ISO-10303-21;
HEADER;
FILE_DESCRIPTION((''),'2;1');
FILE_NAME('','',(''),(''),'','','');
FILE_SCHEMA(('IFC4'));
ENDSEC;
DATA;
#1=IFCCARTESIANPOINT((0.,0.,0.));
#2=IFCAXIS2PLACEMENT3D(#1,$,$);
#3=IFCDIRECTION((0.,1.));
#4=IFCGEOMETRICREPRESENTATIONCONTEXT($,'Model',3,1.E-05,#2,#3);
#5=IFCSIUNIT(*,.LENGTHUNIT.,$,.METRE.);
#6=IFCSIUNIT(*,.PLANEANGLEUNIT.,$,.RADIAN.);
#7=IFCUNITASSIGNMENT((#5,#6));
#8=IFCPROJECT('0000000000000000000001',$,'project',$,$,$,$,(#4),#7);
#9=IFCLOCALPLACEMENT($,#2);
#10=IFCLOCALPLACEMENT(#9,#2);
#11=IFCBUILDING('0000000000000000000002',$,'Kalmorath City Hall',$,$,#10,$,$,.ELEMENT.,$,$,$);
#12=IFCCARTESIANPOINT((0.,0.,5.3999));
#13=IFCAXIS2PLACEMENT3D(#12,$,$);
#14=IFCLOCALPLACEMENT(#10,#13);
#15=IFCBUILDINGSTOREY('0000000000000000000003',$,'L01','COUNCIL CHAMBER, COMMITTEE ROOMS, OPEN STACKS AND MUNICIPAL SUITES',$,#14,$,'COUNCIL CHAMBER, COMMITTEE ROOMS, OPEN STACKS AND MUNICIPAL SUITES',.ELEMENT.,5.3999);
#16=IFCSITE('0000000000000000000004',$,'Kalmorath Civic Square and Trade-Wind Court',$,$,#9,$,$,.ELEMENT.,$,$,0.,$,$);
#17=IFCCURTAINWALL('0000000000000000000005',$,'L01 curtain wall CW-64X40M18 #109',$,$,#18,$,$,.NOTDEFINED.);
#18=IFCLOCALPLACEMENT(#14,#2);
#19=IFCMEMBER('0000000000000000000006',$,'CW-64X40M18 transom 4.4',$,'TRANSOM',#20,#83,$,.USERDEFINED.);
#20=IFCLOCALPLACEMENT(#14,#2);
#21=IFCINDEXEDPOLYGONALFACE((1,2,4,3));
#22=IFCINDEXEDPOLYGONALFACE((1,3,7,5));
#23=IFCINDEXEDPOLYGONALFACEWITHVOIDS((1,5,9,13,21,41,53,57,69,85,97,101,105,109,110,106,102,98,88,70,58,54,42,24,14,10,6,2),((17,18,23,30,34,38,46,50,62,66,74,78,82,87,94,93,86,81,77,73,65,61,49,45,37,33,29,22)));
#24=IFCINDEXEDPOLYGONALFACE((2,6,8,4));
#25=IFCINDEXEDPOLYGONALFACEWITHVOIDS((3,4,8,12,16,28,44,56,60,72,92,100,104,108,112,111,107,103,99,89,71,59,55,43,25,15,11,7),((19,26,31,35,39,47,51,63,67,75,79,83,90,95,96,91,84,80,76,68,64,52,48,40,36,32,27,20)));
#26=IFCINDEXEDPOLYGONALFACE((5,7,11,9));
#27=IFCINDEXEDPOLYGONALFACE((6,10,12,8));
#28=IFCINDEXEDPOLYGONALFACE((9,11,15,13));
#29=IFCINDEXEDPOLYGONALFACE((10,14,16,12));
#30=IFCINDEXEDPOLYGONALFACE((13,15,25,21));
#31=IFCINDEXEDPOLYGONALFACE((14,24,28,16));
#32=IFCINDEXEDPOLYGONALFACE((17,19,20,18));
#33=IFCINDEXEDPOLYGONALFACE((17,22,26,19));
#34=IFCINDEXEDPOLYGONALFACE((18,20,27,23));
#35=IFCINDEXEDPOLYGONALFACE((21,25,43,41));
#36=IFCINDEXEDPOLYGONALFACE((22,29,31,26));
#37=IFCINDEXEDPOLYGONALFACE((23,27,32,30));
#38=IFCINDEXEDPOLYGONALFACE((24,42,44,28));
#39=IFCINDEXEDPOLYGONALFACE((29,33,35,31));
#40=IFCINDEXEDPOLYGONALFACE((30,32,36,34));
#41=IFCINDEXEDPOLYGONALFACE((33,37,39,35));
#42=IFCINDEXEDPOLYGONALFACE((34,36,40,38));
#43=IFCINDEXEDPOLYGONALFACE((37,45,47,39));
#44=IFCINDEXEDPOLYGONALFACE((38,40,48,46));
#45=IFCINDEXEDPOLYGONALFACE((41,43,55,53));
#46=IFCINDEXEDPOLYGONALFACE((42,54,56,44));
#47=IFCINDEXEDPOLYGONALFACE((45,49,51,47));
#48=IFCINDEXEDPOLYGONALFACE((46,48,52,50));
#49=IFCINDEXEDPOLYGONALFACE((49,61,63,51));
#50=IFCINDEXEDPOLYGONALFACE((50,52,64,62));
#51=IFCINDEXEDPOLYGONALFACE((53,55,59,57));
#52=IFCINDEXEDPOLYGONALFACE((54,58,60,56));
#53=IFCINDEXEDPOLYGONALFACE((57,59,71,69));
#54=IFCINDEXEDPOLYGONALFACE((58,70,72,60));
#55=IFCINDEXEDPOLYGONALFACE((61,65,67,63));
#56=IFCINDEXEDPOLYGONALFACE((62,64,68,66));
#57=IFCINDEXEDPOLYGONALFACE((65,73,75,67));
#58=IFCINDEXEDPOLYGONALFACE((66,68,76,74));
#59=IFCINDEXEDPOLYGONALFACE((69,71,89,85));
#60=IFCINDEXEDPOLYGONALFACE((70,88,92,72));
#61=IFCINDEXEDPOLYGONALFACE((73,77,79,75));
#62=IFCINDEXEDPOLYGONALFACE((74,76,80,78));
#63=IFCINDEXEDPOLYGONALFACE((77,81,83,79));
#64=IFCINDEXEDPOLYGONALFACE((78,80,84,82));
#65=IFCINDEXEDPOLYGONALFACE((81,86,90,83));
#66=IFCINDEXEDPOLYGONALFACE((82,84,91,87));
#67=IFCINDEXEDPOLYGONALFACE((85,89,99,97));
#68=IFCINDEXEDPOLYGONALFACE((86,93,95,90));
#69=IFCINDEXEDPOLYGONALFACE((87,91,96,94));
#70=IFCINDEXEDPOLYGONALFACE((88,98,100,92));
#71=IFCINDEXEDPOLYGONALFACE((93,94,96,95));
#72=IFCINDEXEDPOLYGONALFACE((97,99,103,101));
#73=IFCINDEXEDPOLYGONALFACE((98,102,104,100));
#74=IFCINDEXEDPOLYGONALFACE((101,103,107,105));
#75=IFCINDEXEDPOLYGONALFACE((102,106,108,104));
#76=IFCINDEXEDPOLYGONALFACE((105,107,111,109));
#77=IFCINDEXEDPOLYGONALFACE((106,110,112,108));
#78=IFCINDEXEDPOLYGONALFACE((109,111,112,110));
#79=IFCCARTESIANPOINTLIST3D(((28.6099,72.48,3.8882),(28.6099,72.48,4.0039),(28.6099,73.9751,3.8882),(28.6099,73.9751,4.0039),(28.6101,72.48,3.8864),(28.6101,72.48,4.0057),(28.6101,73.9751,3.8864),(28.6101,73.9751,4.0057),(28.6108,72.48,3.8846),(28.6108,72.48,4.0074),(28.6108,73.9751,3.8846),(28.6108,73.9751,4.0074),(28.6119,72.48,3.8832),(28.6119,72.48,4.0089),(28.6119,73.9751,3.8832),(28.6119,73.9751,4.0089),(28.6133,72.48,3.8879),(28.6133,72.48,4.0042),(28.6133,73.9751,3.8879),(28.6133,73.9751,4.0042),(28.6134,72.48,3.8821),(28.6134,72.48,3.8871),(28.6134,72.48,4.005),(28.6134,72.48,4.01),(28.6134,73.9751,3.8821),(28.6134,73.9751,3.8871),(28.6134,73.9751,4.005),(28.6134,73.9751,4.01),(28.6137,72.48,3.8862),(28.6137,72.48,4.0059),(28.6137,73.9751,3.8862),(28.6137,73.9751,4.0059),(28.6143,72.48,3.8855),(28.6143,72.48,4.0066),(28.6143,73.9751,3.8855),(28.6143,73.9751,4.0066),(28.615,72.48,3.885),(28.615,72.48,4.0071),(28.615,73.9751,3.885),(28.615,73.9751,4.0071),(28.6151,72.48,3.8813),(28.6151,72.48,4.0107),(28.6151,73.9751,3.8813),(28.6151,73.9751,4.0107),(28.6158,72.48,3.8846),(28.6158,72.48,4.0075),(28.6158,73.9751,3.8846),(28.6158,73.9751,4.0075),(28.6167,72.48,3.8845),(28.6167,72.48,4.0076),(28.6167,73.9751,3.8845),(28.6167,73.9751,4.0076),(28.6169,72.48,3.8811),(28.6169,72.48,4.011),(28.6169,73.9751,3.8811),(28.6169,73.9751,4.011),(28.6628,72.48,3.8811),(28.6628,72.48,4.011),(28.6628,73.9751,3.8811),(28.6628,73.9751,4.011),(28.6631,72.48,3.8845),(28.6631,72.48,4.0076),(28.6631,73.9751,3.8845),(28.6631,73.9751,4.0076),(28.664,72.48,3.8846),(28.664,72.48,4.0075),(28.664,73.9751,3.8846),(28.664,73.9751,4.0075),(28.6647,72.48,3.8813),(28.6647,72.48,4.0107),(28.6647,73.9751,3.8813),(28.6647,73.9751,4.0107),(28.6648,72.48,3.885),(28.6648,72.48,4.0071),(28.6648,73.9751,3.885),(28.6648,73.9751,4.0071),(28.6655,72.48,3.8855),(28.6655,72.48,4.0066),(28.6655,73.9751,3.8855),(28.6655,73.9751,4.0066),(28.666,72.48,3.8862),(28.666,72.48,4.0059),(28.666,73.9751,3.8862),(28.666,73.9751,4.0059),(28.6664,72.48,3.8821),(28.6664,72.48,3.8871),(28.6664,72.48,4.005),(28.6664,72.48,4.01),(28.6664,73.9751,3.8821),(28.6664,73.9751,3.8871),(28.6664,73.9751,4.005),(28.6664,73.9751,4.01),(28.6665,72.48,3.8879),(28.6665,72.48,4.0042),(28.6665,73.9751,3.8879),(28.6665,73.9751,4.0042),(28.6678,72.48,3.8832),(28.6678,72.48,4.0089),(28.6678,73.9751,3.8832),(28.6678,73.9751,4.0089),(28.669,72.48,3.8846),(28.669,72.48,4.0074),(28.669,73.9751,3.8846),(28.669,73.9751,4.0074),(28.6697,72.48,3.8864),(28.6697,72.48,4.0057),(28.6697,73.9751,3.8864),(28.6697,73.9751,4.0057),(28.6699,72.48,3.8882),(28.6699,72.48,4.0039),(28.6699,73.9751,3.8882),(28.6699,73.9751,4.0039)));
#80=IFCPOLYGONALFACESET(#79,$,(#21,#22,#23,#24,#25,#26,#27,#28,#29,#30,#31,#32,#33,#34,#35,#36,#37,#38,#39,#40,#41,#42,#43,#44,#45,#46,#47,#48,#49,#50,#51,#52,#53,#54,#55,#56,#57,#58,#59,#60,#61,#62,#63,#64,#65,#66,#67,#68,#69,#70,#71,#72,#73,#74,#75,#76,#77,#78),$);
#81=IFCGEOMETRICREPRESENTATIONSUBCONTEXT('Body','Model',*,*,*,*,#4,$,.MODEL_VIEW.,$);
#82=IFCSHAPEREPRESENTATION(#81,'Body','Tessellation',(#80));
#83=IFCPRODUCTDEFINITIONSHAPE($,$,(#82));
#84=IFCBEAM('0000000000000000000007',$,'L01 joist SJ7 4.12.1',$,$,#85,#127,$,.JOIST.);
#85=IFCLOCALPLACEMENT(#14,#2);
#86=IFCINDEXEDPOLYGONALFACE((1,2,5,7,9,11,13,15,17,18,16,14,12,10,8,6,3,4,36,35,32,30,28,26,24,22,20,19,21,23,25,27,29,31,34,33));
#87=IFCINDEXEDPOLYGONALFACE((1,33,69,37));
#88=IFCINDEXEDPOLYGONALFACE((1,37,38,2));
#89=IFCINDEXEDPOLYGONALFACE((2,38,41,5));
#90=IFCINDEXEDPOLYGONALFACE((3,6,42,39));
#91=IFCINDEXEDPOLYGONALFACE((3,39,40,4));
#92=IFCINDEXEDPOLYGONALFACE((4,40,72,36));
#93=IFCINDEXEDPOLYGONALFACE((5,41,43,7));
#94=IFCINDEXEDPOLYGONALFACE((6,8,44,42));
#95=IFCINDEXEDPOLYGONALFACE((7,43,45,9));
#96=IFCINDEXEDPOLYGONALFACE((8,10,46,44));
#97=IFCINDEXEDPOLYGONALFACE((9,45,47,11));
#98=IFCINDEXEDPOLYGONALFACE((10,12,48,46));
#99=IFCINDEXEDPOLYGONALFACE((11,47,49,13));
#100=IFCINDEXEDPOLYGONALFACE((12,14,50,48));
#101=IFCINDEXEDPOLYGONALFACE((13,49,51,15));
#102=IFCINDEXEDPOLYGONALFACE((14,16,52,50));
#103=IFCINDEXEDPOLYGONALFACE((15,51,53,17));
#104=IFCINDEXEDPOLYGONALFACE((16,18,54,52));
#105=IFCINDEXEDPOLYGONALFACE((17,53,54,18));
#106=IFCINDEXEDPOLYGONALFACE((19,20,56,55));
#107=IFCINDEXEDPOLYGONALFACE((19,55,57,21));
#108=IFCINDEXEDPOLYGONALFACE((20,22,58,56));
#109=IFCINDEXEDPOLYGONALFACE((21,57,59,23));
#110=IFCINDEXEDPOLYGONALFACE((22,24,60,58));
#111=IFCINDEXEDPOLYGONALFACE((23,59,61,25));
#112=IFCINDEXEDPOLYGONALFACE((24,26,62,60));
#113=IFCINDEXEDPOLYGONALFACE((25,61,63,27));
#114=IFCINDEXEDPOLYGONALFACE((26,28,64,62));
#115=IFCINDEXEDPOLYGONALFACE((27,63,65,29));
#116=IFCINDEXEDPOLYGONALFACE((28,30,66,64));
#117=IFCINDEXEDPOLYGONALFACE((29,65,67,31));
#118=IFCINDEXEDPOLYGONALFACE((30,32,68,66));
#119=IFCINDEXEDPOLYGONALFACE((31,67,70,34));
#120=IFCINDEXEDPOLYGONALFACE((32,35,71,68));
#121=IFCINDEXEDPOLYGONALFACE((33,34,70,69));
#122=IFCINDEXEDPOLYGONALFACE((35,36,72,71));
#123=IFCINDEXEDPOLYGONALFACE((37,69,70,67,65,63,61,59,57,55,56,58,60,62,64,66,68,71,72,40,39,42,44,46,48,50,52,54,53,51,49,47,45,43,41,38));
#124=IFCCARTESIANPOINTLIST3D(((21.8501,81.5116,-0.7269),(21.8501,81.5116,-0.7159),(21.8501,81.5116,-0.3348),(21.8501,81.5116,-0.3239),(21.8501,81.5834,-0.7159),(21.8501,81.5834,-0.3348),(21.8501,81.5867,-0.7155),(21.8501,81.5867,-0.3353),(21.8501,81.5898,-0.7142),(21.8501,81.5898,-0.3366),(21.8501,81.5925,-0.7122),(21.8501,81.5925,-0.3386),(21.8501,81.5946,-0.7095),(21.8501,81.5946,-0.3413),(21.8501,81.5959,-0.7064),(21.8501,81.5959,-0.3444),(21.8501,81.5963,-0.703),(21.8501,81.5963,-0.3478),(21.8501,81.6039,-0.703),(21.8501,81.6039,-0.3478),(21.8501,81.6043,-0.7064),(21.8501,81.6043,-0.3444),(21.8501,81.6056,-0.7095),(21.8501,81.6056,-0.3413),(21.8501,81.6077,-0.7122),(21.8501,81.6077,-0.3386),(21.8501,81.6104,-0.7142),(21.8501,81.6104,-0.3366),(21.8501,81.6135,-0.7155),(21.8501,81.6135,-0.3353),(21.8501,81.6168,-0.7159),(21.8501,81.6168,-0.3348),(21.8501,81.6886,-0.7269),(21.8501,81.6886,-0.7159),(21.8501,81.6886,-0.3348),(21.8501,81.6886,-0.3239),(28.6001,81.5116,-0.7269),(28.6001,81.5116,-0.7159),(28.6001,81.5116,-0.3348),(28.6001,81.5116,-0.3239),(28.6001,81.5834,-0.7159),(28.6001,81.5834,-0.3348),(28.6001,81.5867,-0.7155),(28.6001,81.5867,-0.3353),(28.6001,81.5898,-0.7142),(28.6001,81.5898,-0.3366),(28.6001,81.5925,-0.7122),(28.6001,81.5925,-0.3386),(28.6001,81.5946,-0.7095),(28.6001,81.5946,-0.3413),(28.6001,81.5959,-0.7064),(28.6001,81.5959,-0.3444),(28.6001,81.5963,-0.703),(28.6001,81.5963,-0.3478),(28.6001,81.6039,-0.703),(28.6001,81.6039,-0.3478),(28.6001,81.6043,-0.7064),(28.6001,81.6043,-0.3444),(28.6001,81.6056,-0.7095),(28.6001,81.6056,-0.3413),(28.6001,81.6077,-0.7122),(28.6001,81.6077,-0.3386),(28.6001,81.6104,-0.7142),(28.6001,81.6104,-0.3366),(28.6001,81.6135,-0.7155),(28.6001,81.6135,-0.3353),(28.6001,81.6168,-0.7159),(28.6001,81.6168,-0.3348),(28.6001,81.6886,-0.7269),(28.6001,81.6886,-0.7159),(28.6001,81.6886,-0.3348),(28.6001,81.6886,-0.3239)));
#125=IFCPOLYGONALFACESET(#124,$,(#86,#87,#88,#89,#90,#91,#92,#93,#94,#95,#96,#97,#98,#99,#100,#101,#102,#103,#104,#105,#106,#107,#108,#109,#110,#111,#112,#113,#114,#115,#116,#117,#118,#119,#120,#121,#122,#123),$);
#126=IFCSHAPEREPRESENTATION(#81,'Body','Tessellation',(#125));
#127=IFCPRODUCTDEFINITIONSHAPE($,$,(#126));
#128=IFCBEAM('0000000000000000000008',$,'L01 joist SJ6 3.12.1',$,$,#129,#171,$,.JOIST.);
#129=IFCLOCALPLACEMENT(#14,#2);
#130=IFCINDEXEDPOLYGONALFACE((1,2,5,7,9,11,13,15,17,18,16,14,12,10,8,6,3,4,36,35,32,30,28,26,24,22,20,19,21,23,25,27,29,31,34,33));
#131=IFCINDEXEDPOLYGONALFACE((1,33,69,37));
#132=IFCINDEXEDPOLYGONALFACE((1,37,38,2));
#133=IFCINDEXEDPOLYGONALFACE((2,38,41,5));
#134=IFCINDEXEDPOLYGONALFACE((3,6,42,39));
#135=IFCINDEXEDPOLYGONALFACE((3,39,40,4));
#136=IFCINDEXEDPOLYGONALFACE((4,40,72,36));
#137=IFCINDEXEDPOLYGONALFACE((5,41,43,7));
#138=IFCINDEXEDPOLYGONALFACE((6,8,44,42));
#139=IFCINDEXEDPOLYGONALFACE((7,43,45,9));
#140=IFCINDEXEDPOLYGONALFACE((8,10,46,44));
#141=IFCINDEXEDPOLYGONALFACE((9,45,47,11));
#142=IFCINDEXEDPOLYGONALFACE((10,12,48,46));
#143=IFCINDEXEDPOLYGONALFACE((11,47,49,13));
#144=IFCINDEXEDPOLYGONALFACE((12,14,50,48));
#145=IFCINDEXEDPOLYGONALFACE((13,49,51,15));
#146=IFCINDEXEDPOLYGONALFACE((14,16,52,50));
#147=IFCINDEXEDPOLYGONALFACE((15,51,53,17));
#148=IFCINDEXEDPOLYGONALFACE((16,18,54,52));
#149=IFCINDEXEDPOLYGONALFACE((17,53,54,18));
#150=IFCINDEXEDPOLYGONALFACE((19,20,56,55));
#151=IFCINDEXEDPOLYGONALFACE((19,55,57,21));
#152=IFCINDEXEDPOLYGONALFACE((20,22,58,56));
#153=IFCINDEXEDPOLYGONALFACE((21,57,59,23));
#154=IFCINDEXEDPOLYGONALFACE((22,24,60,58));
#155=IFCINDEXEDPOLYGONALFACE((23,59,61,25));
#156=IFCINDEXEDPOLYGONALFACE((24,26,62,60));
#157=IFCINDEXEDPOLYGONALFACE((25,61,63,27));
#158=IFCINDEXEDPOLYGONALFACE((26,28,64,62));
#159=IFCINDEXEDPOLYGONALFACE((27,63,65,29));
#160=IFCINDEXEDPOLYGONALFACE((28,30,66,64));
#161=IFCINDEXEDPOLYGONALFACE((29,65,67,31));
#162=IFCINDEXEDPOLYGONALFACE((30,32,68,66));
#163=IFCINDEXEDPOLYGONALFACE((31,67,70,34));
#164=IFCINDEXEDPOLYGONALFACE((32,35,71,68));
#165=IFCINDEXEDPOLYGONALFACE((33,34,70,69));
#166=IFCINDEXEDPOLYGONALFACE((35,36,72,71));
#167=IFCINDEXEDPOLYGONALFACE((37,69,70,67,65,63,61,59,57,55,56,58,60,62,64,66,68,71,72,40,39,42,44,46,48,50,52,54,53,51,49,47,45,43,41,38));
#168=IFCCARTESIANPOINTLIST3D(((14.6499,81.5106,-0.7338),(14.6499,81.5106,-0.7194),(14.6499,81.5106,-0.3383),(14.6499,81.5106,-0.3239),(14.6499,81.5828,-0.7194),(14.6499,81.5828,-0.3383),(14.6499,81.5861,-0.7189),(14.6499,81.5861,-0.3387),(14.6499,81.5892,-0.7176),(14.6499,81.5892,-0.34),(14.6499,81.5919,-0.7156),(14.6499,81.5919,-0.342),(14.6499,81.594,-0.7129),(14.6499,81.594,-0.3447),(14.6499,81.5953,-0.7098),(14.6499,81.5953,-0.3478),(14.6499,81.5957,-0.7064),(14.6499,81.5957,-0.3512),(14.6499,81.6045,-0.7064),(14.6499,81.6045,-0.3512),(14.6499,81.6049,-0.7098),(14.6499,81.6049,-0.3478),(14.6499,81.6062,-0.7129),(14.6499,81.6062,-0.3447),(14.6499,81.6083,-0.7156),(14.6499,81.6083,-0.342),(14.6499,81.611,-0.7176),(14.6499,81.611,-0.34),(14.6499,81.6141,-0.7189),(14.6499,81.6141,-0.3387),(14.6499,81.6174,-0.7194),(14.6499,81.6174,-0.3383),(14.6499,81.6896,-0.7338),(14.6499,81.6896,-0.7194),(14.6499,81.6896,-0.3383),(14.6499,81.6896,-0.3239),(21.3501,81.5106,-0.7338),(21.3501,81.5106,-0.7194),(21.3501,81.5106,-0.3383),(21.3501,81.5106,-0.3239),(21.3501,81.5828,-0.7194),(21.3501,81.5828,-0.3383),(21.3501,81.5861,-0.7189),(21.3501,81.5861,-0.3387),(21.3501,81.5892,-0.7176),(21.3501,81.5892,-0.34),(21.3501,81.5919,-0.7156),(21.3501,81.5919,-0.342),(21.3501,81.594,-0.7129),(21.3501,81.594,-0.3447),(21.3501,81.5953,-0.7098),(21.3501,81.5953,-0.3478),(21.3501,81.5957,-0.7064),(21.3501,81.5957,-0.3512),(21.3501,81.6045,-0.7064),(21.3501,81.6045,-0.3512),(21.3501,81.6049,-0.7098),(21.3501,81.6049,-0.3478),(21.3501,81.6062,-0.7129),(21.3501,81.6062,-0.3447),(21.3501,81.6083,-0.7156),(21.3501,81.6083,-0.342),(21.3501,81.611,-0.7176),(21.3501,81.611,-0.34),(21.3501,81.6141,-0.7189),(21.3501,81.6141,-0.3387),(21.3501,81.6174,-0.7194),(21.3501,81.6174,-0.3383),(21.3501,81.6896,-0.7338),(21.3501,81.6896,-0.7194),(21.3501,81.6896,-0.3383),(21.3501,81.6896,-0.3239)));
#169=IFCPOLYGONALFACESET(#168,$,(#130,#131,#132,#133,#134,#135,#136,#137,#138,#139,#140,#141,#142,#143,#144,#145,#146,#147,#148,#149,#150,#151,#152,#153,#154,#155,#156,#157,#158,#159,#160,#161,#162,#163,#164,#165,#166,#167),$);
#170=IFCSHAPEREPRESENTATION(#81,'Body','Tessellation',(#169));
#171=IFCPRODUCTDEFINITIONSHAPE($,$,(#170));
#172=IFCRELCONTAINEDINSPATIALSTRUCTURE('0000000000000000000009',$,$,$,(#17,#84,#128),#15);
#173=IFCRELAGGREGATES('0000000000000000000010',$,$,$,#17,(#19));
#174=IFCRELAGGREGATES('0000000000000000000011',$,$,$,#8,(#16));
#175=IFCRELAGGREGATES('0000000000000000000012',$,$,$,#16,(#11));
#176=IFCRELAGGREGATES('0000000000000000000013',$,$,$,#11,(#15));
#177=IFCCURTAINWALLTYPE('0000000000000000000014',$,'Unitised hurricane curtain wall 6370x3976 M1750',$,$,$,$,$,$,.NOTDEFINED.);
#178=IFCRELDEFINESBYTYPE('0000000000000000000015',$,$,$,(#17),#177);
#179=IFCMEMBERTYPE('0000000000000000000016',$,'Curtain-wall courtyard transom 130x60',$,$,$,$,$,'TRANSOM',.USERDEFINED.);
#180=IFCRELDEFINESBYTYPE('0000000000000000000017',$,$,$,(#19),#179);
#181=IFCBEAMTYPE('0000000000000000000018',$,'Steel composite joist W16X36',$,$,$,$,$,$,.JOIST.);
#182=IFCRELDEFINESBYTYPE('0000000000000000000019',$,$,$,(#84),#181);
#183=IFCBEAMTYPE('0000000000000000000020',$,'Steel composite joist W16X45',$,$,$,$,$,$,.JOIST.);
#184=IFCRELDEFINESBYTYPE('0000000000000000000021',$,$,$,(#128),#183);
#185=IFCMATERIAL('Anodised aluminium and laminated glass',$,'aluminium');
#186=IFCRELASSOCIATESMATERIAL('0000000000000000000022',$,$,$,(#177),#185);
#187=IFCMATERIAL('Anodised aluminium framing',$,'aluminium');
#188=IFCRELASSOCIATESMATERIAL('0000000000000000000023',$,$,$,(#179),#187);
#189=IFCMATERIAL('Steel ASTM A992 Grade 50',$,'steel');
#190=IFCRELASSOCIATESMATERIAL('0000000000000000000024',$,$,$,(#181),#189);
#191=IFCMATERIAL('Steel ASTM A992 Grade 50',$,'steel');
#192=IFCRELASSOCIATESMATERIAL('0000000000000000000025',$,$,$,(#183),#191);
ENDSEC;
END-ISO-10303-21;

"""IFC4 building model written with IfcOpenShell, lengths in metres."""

from ifc_helpers import new_model, si_unit, direction, frame, origin, origin_2d, place, context, subcontext, project, spatial, hollow_rectangle, i_section, extrude, material, material_profile, profile_set, type_object, element, aggregate, save


model = new_model("IFC4")

# Units and contexts
model_context = context("Model", 3, precision=1e-05, world=origin(), true_north=direction((0.0, 1.0)))
body_context = subcontext(model_context, "Body", "Model", "MODEL_VIEW")
ifc_project = project(units=[si_unit("LENGTHUNIT", "METRE"), si_unit("PLANEANGLEUNIT", "RADIAN")], contexts=[model_context])

# Site, building, storey
site_placement = place(None, origin())
site = spatial("IfcSite", under=ifc_project, at=site_placement, Name="Kalmorath Civic Square and Trade-Wind Court", CompositionType="ELEMENT", RefElevation=0.0)
building_placement = place(site_placement, origin())
building = spatial("IfcBuilding", under=site, at=building_placement, Name="Kalmorath City Hall", CompositionType="ELEMENT")
storey_placement = place(building_placement, frame((0.0, 0.0, 5.3999)))
storey = spatial("IfcBuildingStorey", under=building, at=storey_placement, Name="L01", Description="COUNCIL CHAMBER, COMMITTEE ROOMS, OPEN STACKS AND MUNICIPAL SUITES", LongName="COUNCIL CHAMBER, COMMITTEE ROOMS, OPEN STACKS AND MUNICIPAL SUITES", CompositionType="ELEMENT", Elevation=5.3999)

# Curtain wall, member
ifc_material_1 = material(Name="Anodised aluminium and laminated glass", Category="aluminium")
curtain_wall_type = type_object("IfcCurtainWallType", Name="Unitised hurricane curtain wall 6370x3976 M1750", PredefinedType="NOTDEFINED", material=ifc_material_1)
curtain_wall_placement = place(storey_placement, origin())
curtain_wall = element("IfcCurtainWall", 1, at=curtain_wall_placement, inside=storey, type_object=curtain_wall_type, Name="L01 curtain wall CW-64X40M18 #109", PredefinedType="NOTDEFINED")
ifc_material_2 = material(Name="Anodised aluminium framing", Category="aluminium")
ifc_material_profile_1 = material_profile(ifc_material_2, hollow_rectangle(XDim=0.0601, YDim=0.1299, WallThickness=0.0034, InnerFilletRadius=0.0034, OuterFilletRadius=0.0071, at=origin_2d()), Name="ALU-TRN-130X60X3.5")
ifc_profile_set_1 = profile_set([ifc_material_profile_1], Name="Anodised aluminium framing")
member_type_1 = type_object("IfcMemberType", Name="Curtain-wall courtyard transom 130x60", ElementType="TRANSOM", PredefinedType="USERDEFINED", material=ifc_profile_set_1)
member_1_placement = place(storey_placement, frame((28.6399, 73.9751, 3.946), z_axis=(0.0, -1.0, 0.0), x_axis=(1.0, 0.0, 0.0)))
member_1 = element("IfcMember", 2, at=member_1_placement, type_object=member_type_1, Name="CW-64X40M18 transom 4.4", ObjectType="TRANSOM", PredefinedType="USERDEFINED", context=body_context, shape_type="SweptSolid", body=[
    extrude(hollow_rectangle(XDim=0.0601, YDim=0.1299, WallThickness=0.0034, InnerFilletRadius=0.0034, OuterFilletRadius=0.0071, at=origin_2d()), origin(), (0.0, 0.0, 1.0), 1.4951),
])

# Beams
ifc_material_3 = material(Name="Steel ASTM A992 Grade 50", Category="steel")
ifc_material_profile_2 = material_profile(ifc_material_3, i_section(OverallWidth=0.177, OverallDepth=0.4031, WebThickness=0.0076, FlangeThickness=0.011, FilletRadius=0.0129, at=origin_2d()), Name="W16X36")
ifc_profile_set_2 = profile_set([ifc_material_profile_2], Name="Steel ASTM A992 Grade 50")
beam_type_1 = type_object("IfcBeamType", Name="Steel composite joist W16X36", PredefinedType="JOIST", material=ifc_profile_set_2)
beam_1_placement = place(storey_placement, frame((21.8501, 81.6001, -0.5254), z_axis=(1.0, 0.0, 0.0), x_axis=(0.0, 1.0, 0.0)))
element("IfcBeam", 3, at=beam_1_placement, inside=storey, type_object=beam_type_1, Name="L01 joist SJ7 4.12.1", PredefinedType="JOIST", context=body_context, shape_type="SweptSolid", body=[
    extrude(i_section(OverallWidth=0.177, OverallDepth=0.4031, WebThickness=0.0076, FlangeThickness=0.011, FilletRadius=0.0129, at=origin_2d()), origin(), (0.0, 0.0, 1.0), 6.75),
])
ifc_material_4 = material(Name="Steel ASTM A992 Grade 50", Category="steel")
ifc_material_profile_3 = material_profile(ifc_material_4, i_section(OverallWidth=0.179, OverallDepth=0.4099, WebThickness=0.0088, FlangeThickness=0.0144, FilletRadius=0.0129, at=origin_2d()), Name="W16X45")
ifc_profile_set_3 = profile_set([ifc_material_profile_3], Name="Steel ASTM A992 Grade 50")
beam_type_2 = type_object("IfcBeamType", Name="Steel composite joist W16X45", PredefinedType="JOIST", material=ifc_profile_set_3)
beam_2_placement = place(storey_placement, frame((14.6499, 81.6001, -0.5288), z_axis=(1.0, 0.0, 0.0), x_axis=(0.0, 1.0, 0.0)))
element("IfcBeam", 4, at=beam_2_placement, inside=storey, type_object=beam_type_2, Name="L01 joist SJ6 3.12.1", PredefinedType="JOIST", context=body_context, shape_type="SweptSolid", body=[
    extrude(i_section(OverallWidth=0.179, OverallDepth=0.4099, WebThickness=0.0088, FlangeThickness=0.0144, FilletRadius=0.0129, at=origin_2d()), origin(), (0.0, 0.0, 1.0), 6.7002),
])

aggregate(curtain_wall, [member_1])

save(model, "model.ifc")
